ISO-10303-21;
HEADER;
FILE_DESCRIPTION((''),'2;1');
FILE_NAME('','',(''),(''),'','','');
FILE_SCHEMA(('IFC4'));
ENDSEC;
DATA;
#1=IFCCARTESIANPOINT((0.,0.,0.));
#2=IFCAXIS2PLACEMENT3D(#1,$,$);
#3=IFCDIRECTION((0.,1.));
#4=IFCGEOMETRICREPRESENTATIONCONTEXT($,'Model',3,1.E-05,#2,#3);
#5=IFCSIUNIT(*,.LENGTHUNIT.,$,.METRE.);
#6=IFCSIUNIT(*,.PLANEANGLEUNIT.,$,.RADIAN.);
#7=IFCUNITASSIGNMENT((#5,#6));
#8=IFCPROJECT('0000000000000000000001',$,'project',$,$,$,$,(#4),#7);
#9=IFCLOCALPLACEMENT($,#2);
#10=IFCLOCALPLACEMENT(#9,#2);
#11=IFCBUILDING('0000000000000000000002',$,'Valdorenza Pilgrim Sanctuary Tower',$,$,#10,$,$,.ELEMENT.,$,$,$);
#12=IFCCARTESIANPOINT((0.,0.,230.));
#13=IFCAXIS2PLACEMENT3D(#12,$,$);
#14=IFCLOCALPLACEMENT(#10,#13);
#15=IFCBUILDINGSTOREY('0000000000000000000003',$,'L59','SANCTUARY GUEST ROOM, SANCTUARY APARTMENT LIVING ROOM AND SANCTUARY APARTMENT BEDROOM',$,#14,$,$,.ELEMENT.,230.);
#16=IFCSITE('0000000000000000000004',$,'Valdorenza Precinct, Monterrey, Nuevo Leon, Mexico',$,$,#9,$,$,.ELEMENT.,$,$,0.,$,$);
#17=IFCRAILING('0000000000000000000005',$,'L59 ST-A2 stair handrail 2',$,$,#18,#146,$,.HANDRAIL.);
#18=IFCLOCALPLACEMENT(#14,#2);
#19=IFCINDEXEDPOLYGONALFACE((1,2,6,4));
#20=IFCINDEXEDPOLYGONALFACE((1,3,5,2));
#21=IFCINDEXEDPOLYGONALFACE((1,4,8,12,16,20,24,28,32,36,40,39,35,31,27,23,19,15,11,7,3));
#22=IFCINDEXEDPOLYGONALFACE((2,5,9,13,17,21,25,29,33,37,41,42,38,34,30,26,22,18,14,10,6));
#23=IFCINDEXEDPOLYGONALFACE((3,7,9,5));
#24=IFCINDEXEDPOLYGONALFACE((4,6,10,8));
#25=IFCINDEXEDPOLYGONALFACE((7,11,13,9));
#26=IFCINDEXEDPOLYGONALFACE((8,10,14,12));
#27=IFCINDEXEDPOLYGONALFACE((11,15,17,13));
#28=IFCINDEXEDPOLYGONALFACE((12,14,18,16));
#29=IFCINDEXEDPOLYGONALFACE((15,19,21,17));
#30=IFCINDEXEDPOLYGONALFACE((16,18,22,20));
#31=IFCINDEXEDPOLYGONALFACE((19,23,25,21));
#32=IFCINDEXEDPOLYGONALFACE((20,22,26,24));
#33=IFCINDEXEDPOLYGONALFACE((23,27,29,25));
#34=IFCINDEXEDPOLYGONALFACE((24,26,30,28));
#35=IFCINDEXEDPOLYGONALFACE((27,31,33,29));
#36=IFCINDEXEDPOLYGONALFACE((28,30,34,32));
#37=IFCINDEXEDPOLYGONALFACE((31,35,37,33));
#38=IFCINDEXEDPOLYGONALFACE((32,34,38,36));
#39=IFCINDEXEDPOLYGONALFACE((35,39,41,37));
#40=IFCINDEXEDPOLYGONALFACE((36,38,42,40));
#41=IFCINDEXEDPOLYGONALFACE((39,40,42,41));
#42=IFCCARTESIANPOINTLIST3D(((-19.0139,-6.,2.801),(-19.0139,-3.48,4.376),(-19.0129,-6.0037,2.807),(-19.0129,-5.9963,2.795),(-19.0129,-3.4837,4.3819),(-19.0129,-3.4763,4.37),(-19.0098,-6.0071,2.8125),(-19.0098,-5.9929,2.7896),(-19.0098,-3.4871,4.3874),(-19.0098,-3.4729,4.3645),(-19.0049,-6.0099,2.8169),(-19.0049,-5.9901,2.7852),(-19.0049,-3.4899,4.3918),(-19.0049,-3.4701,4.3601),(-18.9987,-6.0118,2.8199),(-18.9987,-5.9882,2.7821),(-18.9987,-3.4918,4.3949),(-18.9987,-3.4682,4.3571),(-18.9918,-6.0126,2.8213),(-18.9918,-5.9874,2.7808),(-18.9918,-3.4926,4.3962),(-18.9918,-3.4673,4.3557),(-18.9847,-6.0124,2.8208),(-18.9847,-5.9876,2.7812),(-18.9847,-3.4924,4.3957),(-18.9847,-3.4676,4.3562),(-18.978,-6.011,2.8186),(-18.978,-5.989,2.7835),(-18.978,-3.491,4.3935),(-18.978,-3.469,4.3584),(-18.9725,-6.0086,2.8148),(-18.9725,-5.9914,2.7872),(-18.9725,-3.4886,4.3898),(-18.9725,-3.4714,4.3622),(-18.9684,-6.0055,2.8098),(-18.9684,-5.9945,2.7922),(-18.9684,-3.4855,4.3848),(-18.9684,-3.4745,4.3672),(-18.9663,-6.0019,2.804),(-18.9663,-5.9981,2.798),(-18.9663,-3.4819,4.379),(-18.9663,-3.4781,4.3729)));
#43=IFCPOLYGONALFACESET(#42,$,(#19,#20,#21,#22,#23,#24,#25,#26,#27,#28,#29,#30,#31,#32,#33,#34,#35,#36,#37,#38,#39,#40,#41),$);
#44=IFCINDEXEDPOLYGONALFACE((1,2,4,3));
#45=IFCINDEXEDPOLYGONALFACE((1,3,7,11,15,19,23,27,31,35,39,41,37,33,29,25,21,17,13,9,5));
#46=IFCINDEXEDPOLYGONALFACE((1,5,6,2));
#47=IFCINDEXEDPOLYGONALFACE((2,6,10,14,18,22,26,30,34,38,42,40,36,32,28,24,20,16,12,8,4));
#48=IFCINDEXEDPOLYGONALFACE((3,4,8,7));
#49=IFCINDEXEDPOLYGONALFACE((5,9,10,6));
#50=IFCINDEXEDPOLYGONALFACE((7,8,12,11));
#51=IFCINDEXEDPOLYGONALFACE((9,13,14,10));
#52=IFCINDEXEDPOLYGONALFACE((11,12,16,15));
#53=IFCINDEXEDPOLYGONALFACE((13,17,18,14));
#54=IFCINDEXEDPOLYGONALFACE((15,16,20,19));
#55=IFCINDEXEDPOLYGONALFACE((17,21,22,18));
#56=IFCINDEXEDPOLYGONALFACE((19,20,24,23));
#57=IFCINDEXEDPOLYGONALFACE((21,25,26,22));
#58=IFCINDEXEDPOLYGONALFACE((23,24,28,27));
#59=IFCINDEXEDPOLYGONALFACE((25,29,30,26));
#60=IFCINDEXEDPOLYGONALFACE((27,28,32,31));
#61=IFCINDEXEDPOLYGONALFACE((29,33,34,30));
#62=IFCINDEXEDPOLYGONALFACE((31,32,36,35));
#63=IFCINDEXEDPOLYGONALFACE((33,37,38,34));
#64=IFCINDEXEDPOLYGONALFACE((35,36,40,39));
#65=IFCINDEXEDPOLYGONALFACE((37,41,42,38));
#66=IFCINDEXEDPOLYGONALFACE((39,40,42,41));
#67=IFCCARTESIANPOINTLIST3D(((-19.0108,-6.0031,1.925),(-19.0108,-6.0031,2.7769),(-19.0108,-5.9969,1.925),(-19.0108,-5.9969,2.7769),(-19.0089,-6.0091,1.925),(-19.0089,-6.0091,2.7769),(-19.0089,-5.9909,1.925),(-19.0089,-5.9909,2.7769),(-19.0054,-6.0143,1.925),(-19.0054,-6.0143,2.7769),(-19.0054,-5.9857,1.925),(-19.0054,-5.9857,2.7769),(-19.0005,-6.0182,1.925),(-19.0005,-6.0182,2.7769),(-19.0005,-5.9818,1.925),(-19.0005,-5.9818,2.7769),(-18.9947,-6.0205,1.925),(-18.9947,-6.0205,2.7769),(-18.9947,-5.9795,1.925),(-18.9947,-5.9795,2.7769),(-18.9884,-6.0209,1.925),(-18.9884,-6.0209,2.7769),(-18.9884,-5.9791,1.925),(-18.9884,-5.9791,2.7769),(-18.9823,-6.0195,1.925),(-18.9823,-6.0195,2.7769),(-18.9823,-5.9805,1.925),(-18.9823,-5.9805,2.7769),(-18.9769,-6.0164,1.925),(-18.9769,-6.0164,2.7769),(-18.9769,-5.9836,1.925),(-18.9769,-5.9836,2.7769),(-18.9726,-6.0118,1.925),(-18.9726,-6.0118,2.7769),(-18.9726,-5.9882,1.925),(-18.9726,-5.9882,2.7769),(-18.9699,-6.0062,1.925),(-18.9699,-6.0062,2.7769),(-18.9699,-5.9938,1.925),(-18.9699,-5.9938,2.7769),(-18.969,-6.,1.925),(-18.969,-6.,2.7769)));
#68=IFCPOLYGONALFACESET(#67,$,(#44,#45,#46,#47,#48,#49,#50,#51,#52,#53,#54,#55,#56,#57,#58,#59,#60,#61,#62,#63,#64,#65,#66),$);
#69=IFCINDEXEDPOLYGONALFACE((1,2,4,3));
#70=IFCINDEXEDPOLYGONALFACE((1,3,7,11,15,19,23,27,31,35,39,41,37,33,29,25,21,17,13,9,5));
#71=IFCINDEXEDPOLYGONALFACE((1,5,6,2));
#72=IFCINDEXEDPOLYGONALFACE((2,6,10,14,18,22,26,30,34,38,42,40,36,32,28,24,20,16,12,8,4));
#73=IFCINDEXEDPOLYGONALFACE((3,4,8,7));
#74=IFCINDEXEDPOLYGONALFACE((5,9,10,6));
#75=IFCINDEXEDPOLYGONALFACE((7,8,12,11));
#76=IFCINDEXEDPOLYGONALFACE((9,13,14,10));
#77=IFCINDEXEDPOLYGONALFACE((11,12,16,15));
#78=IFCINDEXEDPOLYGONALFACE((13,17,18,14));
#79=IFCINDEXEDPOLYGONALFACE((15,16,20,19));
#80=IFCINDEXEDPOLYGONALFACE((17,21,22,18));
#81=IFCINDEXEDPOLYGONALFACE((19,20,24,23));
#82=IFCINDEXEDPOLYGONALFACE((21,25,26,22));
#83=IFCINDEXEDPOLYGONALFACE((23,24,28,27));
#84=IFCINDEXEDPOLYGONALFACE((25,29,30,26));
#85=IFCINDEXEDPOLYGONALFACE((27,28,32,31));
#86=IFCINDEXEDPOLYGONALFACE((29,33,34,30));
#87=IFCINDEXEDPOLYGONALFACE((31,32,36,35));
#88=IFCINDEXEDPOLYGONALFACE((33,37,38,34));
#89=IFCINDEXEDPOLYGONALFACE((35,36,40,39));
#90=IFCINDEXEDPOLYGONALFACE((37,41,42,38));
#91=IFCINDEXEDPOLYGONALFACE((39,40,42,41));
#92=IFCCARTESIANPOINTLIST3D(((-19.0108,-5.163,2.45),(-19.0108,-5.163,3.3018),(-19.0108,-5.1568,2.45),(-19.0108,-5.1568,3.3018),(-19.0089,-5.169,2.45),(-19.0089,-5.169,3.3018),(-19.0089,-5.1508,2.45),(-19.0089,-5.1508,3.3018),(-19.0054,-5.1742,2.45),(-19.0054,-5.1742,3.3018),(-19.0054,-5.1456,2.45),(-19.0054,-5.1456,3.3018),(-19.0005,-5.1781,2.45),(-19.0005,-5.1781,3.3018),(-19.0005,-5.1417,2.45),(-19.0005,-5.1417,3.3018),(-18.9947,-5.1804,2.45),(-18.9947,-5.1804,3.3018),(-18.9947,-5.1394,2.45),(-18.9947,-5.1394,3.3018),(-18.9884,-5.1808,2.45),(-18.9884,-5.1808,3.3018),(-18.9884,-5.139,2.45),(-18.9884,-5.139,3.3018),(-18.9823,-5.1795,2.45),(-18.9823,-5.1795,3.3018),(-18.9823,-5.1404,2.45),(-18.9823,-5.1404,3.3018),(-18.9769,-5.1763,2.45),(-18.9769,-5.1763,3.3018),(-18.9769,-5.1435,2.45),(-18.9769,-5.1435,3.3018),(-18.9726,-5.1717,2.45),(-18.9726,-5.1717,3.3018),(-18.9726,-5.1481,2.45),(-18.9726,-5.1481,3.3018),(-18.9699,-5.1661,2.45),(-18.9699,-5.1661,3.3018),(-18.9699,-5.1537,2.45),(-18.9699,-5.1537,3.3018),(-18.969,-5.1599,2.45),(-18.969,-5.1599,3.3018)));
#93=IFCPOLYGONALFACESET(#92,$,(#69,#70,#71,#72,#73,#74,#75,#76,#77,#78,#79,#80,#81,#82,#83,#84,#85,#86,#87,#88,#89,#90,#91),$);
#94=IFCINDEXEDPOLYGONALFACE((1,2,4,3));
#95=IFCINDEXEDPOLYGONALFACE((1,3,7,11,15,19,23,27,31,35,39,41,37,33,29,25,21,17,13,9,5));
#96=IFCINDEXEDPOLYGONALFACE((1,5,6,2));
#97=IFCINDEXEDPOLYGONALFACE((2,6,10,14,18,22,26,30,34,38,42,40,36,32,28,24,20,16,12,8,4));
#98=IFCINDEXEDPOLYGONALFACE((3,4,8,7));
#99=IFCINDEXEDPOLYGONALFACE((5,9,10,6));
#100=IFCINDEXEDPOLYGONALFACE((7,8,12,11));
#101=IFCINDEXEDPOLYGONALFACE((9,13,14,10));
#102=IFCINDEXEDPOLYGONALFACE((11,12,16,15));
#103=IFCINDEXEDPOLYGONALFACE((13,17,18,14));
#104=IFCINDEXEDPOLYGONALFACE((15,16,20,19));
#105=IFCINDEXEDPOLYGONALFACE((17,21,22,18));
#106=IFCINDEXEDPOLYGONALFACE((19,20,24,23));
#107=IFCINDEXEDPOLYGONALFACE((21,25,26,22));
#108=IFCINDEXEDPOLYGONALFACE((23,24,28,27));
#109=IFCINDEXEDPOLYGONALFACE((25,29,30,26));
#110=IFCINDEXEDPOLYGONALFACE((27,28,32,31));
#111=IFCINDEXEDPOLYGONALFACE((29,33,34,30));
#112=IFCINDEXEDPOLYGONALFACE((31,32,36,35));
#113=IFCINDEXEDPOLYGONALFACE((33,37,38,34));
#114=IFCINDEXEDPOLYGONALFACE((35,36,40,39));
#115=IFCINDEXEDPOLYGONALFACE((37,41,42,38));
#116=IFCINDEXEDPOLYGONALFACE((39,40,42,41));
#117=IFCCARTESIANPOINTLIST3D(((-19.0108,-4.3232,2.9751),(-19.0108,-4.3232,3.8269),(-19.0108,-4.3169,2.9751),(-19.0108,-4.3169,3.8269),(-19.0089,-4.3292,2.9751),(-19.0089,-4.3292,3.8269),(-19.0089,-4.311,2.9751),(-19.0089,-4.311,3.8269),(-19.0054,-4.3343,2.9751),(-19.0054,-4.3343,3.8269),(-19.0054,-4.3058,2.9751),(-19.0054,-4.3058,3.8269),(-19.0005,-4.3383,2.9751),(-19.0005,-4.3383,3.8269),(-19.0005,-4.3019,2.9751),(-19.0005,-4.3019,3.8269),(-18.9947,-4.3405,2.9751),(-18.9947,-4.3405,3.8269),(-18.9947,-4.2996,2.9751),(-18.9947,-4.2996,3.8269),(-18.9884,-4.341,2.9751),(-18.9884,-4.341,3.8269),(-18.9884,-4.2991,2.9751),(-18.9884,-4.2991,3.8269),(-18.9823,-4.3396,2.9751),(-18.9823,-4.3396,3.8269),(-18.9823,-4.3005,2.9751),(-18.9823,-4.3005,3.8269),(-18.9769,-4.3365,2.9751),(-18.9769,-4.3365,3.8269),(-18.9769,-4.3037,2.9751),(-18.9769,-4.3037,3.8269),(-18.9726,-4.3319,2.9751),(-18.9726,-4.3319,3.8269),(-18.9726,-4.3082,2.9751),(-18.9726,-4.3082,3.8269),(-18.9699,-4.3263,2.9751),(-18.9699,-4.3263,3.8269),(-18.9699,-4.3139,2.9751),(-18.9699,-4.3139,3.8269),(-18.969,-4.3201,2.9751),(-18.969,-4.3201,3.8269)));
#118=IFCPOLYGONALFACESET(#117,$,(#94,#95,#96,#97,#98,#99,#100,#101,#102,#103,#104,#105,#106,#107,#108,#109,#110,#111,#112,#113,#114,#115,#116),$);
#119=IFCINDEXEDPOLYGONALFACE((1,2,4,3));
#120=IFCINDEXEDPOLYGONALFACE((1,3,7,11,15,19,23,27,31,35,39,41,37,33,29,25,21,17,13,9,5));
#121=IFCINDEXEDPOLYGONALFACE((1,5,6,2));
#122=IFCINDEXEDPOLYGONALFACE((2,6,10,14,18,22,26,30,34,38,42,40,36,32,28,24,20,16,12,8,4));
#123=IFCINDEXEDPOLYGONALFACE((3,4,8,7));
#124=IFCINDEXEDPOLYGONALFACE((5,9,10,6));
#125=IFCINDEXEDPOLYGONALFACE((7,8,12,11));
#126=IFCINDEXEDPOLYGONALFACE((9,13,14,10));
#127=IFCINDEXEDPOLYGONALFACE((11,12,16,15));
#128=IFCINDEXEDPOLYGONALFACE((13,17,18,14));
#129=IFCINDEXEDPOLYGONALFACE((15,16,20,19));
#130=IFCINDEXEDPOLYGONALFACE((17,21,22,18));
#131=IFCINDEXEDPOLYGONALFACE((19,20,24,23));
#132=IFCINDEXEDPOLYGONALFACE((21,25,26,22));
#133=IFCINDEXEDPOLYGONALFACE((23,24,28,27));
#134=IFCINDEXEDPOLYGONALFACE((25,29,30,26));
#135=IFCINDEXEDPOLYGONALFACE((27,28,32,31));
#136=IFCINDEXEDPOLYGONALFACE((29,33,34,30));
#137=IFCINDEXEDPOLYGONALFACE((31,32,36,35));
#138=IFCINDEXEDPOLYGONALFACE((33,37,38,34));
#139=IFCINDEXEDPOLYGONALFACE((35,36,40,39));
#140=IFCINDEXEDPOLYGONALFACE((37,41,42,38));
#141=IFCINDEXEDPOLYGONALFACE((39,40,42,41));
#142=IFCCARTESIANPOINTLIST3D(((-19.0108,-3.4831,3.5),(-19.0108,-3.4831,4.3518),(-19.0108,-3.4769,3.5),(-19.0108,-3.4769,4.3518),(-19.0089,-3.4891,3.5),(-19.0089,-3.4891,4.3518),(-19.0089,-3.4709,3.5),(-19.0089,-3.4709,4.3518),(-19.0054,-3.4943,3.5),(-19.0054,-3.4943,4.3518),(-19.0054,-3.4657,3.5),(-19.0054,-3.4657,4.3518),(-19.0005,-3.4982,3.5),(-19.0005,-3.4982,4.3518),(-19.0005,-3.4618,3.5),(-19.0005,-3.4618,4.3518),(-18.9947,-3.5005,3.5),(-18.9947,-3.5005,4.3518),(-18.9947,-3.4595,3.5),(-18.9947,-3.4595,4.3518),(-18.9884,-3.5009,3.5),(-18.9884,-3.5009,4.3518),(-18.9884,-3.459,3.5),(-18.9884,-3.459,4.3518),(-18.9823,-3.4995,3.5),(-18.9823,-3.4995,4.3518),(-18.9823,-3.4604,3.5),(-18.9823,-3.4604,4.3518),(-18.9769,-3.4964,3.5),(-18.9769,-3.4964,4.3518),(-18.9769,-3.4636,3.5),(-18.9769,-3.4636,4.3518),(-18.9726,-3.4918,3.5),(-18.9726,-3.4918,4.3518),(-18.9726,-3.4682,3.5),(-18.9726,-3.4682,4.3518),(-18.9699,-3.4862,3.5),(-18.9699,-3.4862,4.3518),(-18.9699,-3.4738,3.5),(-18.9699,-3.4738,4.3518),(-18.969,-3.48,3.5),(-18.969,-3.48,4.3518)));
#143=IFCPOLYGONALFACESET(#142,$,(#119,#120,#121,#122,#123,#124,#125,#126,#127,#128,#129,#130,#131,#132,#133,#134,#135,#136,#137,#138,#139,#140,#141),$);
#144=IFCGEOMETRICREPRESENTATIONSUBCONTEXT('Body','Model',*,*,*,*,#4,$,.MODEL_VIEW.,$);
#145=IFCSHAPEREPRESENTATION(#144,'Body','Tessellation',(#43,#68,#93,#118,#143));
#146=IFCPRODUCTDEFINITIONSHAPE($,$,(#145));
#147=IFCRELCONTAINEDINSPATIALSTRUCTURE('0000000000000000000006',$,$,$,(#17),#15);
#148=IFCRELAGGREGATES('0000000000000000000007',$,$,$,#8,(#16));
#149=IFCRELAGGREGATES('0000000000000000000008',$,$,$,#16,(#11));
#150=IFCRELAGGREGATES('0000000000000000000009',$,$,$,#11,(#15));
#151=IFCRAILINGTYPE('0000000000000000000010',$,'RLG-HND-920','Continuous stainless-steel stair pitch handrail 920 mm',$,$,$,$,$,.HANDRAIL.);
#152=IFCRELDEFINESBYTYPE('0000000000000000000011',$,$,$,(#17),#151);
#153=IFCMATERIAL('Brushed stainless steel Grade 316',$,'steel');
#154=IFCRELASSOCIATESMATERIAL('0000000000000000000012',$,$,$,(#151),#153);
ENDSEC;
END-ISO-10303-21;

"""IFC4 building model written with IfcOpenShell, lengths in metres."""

from ifc_helpers import new_model, si_unit, direction, frame, origin, origin_2d, place, context, subcontext, project, spatial, circle, extrude, material, type_object, element, save


model = new_model("IFC4")

# Units and contexts
model_context = context("Model", 3, precision=1e-05, world=origin(), true_north=direction((0.0, 1.0)))
body_context = subcontext(model_context, "Body", "Model", "MODEL_VIEW")
ifc_project = project(units=[si_unit("LENGTHUNIT", "METRE"), si_unit("PLANEANGLEUNIT", "RADIAN")], contexts=[model_context])

# Site, building, storey
site_placement = place(None, origin())
site = spatial("IfcSite", under=ifc_project, at=site_placement, Name="Valdorenza Precinct, Monterrey, Nuevo Leon, Mexico", CompositionType="ELEMENT", RefElevation=0.0)
building_placement = place(site_placement, origin())
building = spatial("IfcBuilding", under=site, at=building_placement, Name="Valdorenza Pilgrim Sanctuary Tower", CompositionType="ELEMENT")
storey_placement = place(building_placement, frame((0.0, 0.0, 230.0)))
storey = spatial("IfcBuildingStorey", under=building, at=storey_placement, Name="L59", Description="SANCTUARY GUEST ROOM, SANCTUARY APARTMENT LIVING ROOM AND SANCTUARY APARTMENT BEDROOM", CompositionType="ELEMENT", Elevation=230.0)

# Shared definitions
ifc_material_1 = material(Name="Brushed stainless steel Grade 316", Category="steel")

# Railing
railing_type_1 = type_object("IfcRailingType", Name="RLG-HND-920", Description="Continuous stainless-steel stair pitch handrail 920 mm", PredefinedType="HANDRAIL", material=ifc_material_1)
railing_1_placement = place(storey_placement, frame((-18.99, -6.0, 1.925)))
element("IfcRailing", 1, at=railing_1_placement, inside=storey, type_object=railing_type_1, Name="L59 ST-A2 stair handrail 2", PredefinedType="HANDRAIL", context=body_context, shape_type="SweptSolid", body=[
    extrude(circle(Radius=0.0239, at=origin_2d()), frame((0.0, 0.0, 0.876), z_axis=(0.0, 0.848008, 0.529984), x_axis=(-1.0, 0.0, 0.0)), (0.0, 0.0, 1.0), 2.9717),
    extrude(circle(Radius=0.021, at=origin_2d()), origin(), (0.0, 0.0, 1.0), 0.8518),
    extrude(circle(Radius=0.021, at=origin_2d()), frame((0.0, 0.8401, 0.5249)), (0.0, 0.0, 1.0), 0.8518),
    extrude(circle(Radius=0.021, at=origin_2d()), frame((0.0, 1.6799, 1.05)), (0.0, 0.0, 1.0), 0.8518),
    extrude(circle(Radius=0.021, at=origin_2d()), frame((0.0, 2.52, 1.575)), (0.0, 0.0, 1.0), 0.8518),
])

save(model, "model.ifc")
